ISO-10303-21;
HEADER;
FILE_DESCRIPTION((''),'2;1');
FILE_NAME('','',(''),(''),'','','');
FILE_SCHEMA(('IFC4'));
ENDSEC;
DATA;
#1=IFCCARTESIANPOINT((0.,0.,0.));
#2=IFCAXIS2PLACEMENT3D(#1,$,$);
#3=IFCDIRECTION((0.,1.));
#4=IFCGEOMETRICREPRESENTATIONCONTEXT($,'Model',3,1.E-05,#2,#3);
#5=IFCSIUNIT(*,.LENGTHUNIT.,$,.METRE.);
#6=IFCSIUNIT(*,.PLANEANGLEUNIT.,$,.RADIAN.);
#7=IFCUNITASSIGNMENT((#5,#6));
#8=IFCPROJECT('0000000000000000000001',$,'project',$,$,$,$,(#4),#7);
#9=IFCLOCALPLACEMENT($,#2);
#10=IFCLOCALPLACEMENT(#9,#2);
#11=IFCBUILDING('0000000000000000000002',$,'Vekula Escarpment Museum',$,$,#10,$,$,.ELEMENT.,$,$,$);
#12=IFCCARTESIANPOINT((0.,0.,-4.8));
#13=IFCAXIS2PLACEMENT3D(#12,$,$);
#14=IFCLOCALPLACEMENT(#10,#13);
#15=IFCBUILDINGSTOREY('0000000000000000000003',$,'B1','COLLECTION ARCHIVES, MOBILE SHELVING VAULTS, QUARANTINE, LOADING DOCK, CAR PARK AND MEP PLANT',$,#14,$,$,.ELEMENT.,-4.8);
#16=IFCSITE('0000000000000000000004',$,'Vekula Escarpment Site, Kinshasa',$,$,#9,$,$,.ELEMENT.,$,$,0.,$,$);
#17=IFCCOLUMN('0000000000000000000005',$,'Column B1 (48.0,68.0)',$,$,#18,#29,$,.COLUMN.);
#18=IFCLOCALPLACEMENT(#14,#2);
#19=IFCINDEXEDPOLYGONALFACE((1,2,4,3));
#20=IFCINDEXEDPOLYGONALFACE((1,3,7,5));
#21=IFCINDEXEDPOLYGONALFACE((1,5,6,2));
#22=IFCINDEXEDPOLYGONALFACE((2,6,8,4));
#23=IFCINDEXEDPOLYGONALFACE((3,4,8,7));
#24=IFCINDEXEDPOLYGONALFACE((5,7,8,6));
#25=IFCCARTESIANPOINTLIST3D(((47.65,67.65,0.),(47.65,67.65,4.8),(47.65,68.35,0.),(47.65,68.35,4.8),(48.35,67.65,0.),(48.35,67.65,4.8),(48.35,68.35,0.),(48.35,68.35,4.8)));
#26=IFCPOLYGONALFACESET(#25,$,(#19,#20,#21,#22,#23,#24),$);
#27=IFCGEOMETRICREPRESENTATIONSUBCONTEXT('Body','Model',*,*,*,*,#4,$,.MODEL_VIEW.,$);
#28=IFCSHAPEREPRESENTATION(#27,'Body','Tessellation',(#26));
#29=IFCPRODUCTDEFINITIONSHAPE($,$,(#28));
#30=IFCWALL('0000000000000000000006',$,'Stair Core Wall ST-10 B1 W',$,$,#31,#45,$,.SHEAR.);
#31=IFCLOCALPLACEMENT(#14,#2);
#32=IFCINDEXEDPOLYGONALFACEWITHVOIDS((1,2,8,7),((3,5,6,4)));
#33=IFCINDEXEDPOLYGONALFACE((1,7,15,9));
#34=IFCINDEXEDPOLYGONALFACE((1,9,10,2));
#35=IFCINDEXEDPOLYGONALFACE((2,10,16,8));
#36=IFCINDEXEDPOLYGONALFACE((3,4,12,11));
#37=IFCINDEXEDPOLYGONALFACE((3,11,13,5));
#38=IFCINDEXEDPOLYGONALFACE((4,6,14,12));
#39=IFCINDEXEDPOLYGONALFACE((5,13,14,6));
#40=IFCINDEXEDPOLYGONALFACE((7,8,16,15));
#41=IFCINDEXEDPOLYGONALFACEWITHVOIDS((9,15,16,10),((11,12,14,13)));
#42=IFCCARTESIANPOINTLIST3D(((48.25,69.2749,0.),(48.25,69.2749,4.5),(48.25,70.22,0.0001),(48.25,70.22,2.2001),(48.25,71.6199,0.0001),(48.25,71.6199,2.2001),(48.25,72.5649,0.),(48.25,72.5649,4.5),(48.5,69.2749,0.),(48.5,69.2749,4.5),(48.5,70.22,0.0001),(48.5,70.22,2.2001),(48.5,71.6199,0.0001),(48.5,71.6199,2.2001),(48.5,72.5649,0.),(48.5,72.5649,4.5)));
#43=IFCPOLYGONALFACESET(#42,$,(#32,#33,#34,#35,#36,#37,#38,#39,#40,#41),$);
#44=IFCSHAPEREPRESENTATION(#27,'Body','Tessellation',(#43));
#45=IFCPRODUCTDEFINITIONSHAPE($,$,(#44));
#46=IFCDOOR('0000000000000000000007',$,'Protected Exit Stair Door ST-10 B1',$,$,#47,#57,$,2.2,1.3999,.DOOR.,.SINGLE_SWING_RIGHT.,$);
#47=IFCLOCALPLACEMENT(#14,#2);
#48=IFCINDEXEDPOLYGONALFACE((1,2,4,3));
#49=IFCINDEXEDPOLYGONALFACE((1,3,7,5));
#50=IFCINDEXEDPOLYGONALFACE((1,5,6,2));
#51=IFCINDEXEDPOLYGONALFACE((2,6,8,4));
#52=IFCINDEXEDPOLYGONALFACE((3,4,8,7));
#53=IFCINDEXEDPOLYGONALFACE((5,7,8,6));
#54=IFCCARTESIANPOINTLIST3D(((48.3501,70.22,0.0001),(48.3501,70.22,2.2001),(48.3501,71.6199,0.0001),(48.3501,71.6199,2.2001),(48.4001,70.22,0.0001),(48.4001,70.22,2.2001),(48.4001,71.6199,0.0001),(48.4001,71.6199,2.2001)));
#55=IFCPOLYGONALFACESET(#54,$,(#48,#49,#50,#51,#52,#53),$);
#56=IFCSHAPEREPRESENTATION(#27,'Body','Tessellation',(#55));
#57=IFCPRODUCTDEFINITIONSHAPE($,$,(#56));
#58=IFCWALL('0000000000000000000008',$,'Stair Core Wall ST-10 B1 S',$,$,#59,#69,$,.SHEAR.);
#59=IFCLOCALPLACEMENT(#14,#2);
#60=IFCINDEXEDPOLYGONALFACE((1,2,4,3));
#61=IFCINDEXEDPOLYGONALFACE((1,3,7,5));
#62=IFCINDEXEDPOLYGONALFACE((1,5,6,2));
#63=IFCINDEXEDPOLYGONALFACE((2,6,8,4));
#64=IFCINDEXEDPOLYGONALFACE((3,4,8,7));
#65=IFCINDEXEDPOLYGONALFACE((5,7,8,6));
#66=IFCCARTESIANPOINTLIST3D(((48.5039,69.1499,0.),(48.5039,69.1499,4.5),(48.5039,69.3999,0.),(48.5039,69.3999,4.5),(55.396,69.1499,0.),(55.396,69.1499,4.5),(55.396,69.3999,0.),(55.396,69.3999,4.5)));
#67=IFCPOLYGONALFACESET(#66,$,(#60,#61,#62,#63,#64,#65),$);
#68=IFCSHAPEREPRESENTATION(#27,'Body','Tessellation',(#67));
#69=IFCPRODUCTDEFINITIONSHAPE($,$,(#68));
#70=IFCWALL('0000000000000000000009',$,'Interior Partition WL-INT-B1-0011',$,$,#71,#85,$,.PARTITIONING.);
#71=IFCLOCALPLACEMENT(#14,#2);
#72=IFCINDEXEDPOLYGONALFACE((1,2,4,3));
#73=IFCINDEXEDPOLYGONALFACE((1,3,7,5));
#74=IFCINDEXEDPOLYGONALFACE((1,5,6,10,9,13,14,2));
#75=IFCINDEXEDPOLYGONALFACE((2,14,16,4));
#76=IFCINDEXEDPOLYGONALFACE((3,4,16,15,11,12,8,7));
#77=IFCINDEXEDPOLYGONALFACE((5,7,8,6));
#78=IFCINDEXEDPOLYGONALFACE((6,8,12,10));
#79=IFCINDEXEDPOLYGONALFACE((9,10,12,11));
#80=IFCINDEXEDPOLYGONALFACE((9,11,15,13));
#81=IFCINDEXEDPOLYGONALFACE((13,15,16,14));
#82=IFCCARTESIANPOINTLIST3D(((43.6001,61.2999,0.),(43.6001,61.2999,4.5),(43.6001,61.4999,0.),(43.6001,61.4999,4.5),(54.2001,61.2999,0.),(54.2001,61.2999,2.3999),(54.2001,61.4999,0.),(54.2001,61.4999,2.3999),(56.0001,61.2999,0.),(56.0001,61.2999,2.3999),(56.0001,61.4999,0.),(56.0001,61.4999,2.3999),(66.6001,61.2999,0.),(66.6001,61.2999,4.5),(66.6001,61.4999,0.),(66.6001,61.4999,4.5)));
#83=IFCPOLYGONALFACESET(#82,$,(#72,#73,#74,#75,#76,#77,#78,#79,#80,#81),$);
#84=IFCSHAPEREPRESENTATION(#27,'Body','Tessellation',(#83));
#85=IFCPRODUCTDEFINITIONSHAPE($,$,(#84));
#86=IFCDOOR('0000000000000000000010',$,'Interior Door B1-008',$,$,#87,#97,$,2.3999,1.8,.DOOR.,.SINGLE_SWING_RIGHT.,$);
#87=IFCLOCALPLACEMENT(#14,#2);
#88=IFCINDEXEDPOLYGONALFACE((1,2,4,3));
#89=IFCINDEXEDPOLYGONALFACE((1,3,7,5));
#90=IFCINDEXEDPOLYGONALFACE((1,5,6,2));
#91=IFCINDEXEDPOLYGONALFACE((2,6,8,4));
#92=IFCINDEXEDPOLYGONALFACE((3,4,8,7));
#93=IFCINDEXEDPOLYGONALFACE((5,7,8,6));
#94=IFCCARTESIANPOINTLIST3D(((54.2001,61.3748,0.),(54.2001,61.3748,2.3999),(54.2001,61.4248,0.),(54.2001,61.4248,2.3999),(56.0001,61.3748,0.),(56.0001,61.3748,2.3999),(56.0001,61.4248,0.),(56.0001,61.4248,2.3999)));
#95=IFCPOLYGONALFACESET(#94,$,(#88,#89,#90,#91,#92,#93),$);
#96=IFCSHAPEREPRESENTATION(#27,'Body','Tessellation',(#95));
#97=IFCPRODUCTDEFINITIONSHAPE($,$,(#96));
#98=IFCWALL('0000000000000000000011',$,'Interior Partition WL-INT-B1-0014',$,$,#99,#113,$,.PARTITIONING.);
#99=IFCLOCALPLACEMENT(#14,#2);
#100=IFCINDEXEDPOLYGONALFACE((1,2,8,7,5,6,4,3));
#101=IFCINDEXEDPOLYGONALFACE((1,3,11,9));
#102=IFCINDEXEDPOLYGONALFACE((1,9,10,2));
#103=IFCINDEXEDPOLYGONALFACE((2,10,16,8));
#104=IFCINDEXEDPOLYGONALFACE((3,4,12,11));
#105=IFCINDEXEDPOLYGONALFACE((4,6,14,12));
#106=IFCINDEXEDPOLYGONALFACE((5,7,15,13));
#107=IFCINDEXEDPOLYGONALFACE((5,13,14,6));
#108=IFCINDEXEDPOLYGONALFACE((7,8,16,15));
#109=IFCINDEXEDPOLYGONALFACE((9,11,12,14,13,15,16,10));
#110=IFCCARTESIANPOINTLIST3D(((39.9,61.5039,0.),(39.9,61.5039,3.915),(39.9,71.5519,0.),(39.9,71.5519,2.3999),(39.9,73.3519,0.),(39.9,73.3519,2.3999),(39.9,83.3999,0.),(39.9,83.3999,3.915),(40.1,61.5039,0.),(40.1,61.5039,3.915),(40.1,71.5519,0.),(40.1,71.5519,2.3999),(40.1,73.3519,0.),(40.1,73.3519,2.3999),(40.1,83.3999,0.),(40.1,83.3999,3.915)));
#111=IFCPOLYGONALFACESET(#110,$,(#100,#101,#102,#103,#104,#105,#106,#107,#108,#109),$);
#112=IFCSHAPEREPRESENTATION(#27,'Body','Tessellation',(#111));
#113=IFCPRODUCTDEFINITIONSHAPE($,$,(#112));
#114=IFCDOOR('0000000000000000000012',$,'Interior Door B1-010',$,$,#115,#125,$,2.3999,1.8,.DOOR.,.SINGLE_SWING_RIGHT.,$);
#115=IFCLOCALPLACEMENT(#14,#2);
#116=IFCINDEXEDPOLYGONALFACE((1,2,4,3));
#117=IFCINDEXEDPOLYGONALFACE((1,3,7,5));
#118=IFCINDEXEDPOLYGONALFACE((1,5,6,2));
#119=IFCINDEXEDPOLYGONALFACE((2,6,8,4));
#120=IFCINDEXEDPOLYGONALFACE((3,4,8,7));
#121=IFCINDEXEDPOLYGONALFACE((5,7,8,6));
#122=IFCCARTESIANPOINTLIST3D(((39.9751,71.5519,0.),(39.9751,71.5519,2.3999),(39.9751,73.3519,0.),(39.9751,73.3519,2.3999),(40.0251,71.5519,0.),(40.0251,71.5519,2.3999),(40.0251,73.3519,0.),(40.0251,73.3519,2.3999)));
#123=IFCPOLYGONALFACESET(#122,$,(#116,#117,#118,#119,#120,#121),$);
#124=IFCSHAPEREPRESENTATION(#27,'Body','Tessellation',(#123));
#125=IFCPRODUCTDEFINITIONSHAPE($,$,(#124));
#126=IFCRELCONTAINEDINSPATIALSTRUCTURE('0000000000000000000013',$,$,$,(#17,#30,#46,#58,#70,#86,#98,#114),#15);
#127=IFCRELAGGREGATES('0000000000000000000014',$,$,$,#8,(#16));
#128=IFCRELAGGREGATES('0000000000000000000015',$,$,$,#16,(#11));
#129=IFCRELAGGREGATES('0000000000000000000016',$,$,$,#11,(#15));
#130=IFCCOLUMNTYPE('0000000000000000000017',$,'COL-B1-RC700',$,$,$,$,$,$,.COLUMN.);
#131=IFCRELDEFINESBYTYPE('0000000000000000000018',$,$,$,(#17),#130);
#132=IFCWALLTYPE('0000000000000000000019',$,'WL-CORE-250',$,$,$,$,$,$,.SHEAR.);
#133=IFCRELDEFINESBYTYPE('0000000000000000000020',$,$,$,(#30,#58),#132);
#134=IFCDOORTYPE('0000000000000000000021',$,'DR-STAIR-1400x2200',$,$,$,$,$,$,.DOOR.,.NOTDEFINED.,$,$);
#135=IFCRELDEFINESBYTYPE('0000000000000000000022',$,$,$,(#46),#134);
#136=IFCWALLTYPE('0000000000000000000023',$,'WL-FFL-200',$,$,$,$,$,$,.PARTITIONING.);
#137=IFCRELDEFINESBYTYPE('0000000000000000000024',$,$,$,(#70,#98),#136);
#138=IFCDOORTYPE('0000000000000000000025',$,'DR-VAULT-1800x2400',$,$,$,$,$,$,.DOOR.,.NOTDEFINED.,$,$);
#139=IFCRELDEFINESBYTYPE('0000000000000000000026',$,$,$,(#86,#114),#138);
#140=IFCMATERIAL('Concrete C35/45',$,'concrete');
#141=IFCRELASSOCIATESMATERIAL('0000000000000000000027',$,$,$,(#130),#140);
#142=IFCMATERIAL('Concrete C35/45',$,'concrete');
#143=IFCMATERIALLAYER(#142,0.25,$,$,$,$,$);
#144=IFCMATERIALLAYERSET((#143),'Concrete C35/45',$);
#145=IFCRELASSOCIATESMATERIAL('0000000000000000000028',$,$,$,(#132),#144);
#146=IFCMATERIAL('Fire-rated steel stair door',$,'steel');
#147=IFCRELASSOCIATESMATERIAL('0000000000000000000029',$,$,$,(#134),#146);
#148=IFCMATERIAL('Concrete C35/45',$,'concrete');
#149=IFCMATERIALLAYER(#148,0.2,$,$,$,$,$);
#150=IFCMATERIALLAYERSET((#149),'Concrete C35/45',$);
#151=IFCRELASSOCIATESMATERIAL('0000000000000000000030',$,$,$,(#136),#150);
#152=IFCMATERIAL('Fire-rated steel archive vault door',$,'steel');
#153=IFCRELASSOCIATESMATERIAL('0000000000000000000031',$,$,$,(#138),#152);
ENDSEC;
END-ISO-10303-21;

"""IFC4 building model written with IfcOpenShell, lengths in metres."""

from ifc_helpers import new_model, si_unit, direction, frame, frame_2d, origin, origin_2d, place, context, subcontext, project, spatial, rectangle, extrude, material, layer, layer_set, material_profile, profile_set, type_object, element, fill, save


model = new_model("IFC4")

# Units and contexts
model_context = context("Model", 3, precision=1e-05, world=origin(), true_north=direction((0.0, 1.0)))
body_context = subcontext(model_context, "Body", "Model", "MODEL_VIEW")
ifc_project = project(units=[si_unit("LENGTHUNIT", "METRE"), si_unit("PLANEANGLEUNIT", "RADIAN")], contexts=[model_context])

# Site, building, storey
site_placement = place(None, origin())
site = spatial("IfcSite", under=ifc_project, at=site_placement, Name="Vekula Escarpment Site, Kinshasa", CompositionType="ELEMENT", RefElevation=0.0)
building_placement = place(site_placement, origin())
building = spatial("IfcBuilding", under=site, at=building_placement, Name="Vekula Escarpment Museum", CompositionType="ELEMENT")
storey_placement = place(building_placement, frame((0.0, 0.0, -4.8)))
storey = spatial("IfcBuildingStorey", under=building, at=storey_placement, Name="B1", Description="COLLECTION ARCHIVES, MOBILE SHELVING VAULTS, QUARANTINE, LOADING DOCK, CAR PARK AND MEP PLANT", CompositionType="ELEMENT", Elevation=-4.8)

# Column
ifc_material_1 = material(Name="Concrete C35/45", Category="concrete")
ifc_material_profile_1 = material_profile(ifc_material_1, rectangle(XDim=0.7, YDim=0.7, at=origin_2d()), Name="RC 700x700")
ifc_profile_set_1 = profile_set([ifc_material_profile_1], Name="Concrete C35/45")
column_type = type_object("IfcColumnType", Name="COL-B1-RC700", PredefinedType="COLUMN", material=ifc_profile_set_1)
for number, where, z_axis, x_axis, name in (
    (1, (48.0, 68.0, 0.0), (0.0, 0.0, 1.0), (1.0, 0.0, 0.0), "Column B1 (48.0,68.0)"),
):
    element("IfcColumn", number, at=place(storey_placement, frame(where, z_axis=z_axis, x_axis=x_axis)), inside=storey, type_object=column_type, Name=name, PredefinedType="COLUMN", context=body_context, shape_type="SweptSolid", body=[
        extrude(rectangle(XDim=0.7, YDim=0.7, at=origin_2d()), origin(), (0.0, 0.0, 1.0), 4.8),
    ])

# Wall, opening, door
ifc_material_2 = material(Name="Concrete C35/45", Category="concrete")
ifc_layer_1 = layer(ifc_material_2, 0.25)
ifc_layer_set_1 = layer_set([ifc_layer_1], Name="Concrete C35/45")
wall_type_1 = type_object("IfcWallType", Name="WL-CORE-250", PredefinedType="SHEAR", material=ifc_layer_set_1)
wall_1_placement = place(storey_placement, frame((48.375, 69.2749, 0.0), z_axis=(0.0, 0.0, 1.0), x_axis=(0.0, 1.0, 0.0)))
wall_1 = element("IfcWall", 2, at=wall_1_placement, inside=storey, type_object=wall_type_1, Name="Stair Core Wall ST-10 B1 W", PredefinedType="SHEAR", context=body_context, shape_type="SweptSolid", body=[
    extrude(rectangle(XDim=3.29, YDim=0.25, at=frame_2d((1.645, 0.0))), origin(), (0.0, 0.0, 1.0), 4.5),
])
opening_1_placement = place(wall_1_placement, frame((0.9451, 0.0, 0.0)))
opening_1 = element("IfcOpeningElement", 3, at=opening_1_placement, cuts=wall_1, PredefinedType="OPENING", context=body_context, shape_type="SweptSolid", body=[
    extrude(rectangle(XDim=1.3999, YDim=2.2, at=frame_2d((0.7, 1.1001))), frame((0.0, 0.135, 0.0), z_axis=(0.0, -1.0, 0.0), x_axis=(1.0, 0.0, 0.0)), (0.0, 0.0, 1.0), 0.27),
])
ifc_material_3 = material(Name="Fire-rated steel stair door", Category="steel")
door_type_1 = type_object("IfcDoorType", Name="DR-STAIR-1400x2200", OperationType="NOTDEFINED", PredefinedType="DOOR", material=ifc_material_3)
door_1_placement = place(opening_1_placement, origin())
door_1 = element("IfcDoor", 4, at=door_1_placement, inside=storey, type_object=door_type_1, Name="Protected Exit Stair Door ST-10 B1", OperationType="SINGLE_SWING_RIGHT", OverallHeight=2.2, OverallWidth=1.3999, PredefinedType="DOOR", context=body_context, shape_type="SweptSolid", body=[
    extrude(rectangle(XDim=1.3999, YDim=2.2, at=frame_2d((0.7, 1.1001))), frame((0.0, 0.0249, 0.0), z_axis=(0.0, -1.0, 0.0), x_axis=(1.0, 0.0, 0.0)), (0.0, 0.0, 1.0), 0.05),
])
fill(opening_1, door_1)

# Wall
wall_2_placement = place(storey_placement, frame((48.5039, 69.2749, 0.0), z_axis=(0.0, 0.0, 1.0), x_axis=(1.0, 0.0, 0.0)))
element("IfcWall", 5, at=wall_2_placement, inside=storey, type_object=wall_type_1, Name="Stair Core Wall ST-10 B1 S", PredefinedType="SHEAR", context=body_context, shape_type="SweptSolid", body=[
    extrude(rectangle(XDim=6.8921, YDim=0.25, at=frame_2d((3.446, 0.0))), origin(), (0.0, 0.0, 1.0), 4.5),
])

# Walls, openings, doors
ifc_material_4 = material(Name="Concrete C35/45", Category="concrete")
ifc_layer_2 = layer(ifc_material_4, 0.2)
ifc_layer_set_2 = layer_set([ifc_layer_2], Name="Concrete C35/45")
wall_type_2 = type_object("IfcWallType", Name="WL-FFL-200", PredefinedType="PARTITIONING", material=ifc_layer_set_2)
wall_3_placement = place(storey_placement, frame((43.6001, 61.3999, 0.0), z_axis=(0.0, 0.0, 1.0), x_axis=(1.0, 0.0, 0.0)))
wall_3 = element("IfcWall", 6, at=wall_3_placement, inside=storey, type_object=wall_type_2, Name="Interior Partition WL-INT-B1-0011", PredefinedType="PARTITIONING", context=body_context, shape_type="SweptSolid", body=[
    extrude(rectangle(XDim=23.0, YDim=0.2, at=frame_2d((11.5, 0.0))), origin(), (0.0, 0.0, 1.0), 4.5),
])
opening_2_placement = place(wall_3_placement, frame((10.6001, 0.0, 0.0)))
opening_2 = element("IfcOpeningElement", 7, at=opening_2_placement, cuts=wall_3, PredefinedType="OPENING", context=body_context, shape_type="SweptSolid", body=[
    extrude(rectangle(XDim=1.8, YDim=2.3999, at=frame_2d((0.8999, 1.2))), frame((0.0, 0.1099, 0.0), z_axis=(0.0, -1.0, 0.0), x_axis=(1.0, 0.0, 0.0)), (0.0, 0.0, 1.0), 0.22),
])
ifc_material_5 = material(Name="Fire-rated steel archive vault door", Category="steel")
door_type_2 = type_object("IfcDoorType", Name="DR-VAULT-1800x2400", OperationType="NOTDEFINED", PredefinedType="DOOR", material=ifc_material_5)
door_2_placement = place(opening_2_placement, origin())
door_2 = element("IfcDoor", 8, at=door_2_placement, inside=storey, type_object=door_type_2, Name="Interior Door B1-008", OperationType="SINGLE_SWING_RIGHT", OverallHeight=2.3999, OverallWidth=1.8, PredefinedType="DOOR", context=body_context, shape_type="SweptSolid", body=[
    extrude(rectangle(XDim=1.8, YDim=2.3999, at=frame_2d((0.8999, 1.2))), frame((0.0, 0.0249, 0.0), z_axis=(0.0, -1.0, 0.0), x_axis=(1.0, 0.0, 0.0)), (0.0, 0.0, 1.0), 0.05),
])
fill(opening_2, door_2)
wall_4_placement = place(storey_placement, frame((40.0, 61.5039, 0.0), z_axis=(0.0, 0.0, 1.0), x_axis=(0.0, 1.0, 0.0)))
wall_4 = element("IfcWall", 9, at=wall_4_placement, inside=storey, type_object=wall_type_2, Name="Interior Partition WL-INT-B1-0014", PredefinedType="PARTITIONING", context=body_context, shape_type="SweptSolid", body=[
    extrude(rectangle(XDim=21.896, YDim=0.2, at=frame_2d((10.948, 0.0))), origin(), (0.0, 0.0, 1.0), 3.915),
])
opening_3_placement = place(wall_4_placement, frame((10.0481, 0.0, 0.0)))
opening_3 = element("IfcOpeningElement", 10, at=opening_3_placement, cuts=wall_4, PredefinedType="OPENING", context=body_context, shape_type="SweptSolid", body=[
    extrude(rectangle(XDim=1.8, YDim=2.3999, at=frame_2d((0.8999, 1.2))), frame((0.0, 0.1099, 0.0), z_axis=(0.0, -1.0, 0.0), x_axis=(1.0, 0.0, 0.0)), (0.0, 0.0, 1.0), 0.22),
])
door_3_placement = place(opening_3_placement, origin())
door_3 = element("IfcDoor", 11, at=door_3_placement, inside=storey, type_object=door_type_2, Name="Interior Door B1-010", OperationType="SINGLE_SWING_RIGHT", OverallHeight=2.3999, OverallWidth=1.8, PredefinedType="DOOR", context=body_context, shape_type="SweptSolid", body=[
    extrude(rectangle(XDim=1.8, YDim=2.3999, at=frame_2d((0.8999, 1.2))), frame((0.0, 0.0249, 0.0), z_axis=(0.0, -1.0, 0.0), x_axis=(1.0, 0.0, 0.0)), (0.0, 0.0, 1.0), 0.05),
])
fill(opening_3, door_3)

save(model, "model.ifc")
